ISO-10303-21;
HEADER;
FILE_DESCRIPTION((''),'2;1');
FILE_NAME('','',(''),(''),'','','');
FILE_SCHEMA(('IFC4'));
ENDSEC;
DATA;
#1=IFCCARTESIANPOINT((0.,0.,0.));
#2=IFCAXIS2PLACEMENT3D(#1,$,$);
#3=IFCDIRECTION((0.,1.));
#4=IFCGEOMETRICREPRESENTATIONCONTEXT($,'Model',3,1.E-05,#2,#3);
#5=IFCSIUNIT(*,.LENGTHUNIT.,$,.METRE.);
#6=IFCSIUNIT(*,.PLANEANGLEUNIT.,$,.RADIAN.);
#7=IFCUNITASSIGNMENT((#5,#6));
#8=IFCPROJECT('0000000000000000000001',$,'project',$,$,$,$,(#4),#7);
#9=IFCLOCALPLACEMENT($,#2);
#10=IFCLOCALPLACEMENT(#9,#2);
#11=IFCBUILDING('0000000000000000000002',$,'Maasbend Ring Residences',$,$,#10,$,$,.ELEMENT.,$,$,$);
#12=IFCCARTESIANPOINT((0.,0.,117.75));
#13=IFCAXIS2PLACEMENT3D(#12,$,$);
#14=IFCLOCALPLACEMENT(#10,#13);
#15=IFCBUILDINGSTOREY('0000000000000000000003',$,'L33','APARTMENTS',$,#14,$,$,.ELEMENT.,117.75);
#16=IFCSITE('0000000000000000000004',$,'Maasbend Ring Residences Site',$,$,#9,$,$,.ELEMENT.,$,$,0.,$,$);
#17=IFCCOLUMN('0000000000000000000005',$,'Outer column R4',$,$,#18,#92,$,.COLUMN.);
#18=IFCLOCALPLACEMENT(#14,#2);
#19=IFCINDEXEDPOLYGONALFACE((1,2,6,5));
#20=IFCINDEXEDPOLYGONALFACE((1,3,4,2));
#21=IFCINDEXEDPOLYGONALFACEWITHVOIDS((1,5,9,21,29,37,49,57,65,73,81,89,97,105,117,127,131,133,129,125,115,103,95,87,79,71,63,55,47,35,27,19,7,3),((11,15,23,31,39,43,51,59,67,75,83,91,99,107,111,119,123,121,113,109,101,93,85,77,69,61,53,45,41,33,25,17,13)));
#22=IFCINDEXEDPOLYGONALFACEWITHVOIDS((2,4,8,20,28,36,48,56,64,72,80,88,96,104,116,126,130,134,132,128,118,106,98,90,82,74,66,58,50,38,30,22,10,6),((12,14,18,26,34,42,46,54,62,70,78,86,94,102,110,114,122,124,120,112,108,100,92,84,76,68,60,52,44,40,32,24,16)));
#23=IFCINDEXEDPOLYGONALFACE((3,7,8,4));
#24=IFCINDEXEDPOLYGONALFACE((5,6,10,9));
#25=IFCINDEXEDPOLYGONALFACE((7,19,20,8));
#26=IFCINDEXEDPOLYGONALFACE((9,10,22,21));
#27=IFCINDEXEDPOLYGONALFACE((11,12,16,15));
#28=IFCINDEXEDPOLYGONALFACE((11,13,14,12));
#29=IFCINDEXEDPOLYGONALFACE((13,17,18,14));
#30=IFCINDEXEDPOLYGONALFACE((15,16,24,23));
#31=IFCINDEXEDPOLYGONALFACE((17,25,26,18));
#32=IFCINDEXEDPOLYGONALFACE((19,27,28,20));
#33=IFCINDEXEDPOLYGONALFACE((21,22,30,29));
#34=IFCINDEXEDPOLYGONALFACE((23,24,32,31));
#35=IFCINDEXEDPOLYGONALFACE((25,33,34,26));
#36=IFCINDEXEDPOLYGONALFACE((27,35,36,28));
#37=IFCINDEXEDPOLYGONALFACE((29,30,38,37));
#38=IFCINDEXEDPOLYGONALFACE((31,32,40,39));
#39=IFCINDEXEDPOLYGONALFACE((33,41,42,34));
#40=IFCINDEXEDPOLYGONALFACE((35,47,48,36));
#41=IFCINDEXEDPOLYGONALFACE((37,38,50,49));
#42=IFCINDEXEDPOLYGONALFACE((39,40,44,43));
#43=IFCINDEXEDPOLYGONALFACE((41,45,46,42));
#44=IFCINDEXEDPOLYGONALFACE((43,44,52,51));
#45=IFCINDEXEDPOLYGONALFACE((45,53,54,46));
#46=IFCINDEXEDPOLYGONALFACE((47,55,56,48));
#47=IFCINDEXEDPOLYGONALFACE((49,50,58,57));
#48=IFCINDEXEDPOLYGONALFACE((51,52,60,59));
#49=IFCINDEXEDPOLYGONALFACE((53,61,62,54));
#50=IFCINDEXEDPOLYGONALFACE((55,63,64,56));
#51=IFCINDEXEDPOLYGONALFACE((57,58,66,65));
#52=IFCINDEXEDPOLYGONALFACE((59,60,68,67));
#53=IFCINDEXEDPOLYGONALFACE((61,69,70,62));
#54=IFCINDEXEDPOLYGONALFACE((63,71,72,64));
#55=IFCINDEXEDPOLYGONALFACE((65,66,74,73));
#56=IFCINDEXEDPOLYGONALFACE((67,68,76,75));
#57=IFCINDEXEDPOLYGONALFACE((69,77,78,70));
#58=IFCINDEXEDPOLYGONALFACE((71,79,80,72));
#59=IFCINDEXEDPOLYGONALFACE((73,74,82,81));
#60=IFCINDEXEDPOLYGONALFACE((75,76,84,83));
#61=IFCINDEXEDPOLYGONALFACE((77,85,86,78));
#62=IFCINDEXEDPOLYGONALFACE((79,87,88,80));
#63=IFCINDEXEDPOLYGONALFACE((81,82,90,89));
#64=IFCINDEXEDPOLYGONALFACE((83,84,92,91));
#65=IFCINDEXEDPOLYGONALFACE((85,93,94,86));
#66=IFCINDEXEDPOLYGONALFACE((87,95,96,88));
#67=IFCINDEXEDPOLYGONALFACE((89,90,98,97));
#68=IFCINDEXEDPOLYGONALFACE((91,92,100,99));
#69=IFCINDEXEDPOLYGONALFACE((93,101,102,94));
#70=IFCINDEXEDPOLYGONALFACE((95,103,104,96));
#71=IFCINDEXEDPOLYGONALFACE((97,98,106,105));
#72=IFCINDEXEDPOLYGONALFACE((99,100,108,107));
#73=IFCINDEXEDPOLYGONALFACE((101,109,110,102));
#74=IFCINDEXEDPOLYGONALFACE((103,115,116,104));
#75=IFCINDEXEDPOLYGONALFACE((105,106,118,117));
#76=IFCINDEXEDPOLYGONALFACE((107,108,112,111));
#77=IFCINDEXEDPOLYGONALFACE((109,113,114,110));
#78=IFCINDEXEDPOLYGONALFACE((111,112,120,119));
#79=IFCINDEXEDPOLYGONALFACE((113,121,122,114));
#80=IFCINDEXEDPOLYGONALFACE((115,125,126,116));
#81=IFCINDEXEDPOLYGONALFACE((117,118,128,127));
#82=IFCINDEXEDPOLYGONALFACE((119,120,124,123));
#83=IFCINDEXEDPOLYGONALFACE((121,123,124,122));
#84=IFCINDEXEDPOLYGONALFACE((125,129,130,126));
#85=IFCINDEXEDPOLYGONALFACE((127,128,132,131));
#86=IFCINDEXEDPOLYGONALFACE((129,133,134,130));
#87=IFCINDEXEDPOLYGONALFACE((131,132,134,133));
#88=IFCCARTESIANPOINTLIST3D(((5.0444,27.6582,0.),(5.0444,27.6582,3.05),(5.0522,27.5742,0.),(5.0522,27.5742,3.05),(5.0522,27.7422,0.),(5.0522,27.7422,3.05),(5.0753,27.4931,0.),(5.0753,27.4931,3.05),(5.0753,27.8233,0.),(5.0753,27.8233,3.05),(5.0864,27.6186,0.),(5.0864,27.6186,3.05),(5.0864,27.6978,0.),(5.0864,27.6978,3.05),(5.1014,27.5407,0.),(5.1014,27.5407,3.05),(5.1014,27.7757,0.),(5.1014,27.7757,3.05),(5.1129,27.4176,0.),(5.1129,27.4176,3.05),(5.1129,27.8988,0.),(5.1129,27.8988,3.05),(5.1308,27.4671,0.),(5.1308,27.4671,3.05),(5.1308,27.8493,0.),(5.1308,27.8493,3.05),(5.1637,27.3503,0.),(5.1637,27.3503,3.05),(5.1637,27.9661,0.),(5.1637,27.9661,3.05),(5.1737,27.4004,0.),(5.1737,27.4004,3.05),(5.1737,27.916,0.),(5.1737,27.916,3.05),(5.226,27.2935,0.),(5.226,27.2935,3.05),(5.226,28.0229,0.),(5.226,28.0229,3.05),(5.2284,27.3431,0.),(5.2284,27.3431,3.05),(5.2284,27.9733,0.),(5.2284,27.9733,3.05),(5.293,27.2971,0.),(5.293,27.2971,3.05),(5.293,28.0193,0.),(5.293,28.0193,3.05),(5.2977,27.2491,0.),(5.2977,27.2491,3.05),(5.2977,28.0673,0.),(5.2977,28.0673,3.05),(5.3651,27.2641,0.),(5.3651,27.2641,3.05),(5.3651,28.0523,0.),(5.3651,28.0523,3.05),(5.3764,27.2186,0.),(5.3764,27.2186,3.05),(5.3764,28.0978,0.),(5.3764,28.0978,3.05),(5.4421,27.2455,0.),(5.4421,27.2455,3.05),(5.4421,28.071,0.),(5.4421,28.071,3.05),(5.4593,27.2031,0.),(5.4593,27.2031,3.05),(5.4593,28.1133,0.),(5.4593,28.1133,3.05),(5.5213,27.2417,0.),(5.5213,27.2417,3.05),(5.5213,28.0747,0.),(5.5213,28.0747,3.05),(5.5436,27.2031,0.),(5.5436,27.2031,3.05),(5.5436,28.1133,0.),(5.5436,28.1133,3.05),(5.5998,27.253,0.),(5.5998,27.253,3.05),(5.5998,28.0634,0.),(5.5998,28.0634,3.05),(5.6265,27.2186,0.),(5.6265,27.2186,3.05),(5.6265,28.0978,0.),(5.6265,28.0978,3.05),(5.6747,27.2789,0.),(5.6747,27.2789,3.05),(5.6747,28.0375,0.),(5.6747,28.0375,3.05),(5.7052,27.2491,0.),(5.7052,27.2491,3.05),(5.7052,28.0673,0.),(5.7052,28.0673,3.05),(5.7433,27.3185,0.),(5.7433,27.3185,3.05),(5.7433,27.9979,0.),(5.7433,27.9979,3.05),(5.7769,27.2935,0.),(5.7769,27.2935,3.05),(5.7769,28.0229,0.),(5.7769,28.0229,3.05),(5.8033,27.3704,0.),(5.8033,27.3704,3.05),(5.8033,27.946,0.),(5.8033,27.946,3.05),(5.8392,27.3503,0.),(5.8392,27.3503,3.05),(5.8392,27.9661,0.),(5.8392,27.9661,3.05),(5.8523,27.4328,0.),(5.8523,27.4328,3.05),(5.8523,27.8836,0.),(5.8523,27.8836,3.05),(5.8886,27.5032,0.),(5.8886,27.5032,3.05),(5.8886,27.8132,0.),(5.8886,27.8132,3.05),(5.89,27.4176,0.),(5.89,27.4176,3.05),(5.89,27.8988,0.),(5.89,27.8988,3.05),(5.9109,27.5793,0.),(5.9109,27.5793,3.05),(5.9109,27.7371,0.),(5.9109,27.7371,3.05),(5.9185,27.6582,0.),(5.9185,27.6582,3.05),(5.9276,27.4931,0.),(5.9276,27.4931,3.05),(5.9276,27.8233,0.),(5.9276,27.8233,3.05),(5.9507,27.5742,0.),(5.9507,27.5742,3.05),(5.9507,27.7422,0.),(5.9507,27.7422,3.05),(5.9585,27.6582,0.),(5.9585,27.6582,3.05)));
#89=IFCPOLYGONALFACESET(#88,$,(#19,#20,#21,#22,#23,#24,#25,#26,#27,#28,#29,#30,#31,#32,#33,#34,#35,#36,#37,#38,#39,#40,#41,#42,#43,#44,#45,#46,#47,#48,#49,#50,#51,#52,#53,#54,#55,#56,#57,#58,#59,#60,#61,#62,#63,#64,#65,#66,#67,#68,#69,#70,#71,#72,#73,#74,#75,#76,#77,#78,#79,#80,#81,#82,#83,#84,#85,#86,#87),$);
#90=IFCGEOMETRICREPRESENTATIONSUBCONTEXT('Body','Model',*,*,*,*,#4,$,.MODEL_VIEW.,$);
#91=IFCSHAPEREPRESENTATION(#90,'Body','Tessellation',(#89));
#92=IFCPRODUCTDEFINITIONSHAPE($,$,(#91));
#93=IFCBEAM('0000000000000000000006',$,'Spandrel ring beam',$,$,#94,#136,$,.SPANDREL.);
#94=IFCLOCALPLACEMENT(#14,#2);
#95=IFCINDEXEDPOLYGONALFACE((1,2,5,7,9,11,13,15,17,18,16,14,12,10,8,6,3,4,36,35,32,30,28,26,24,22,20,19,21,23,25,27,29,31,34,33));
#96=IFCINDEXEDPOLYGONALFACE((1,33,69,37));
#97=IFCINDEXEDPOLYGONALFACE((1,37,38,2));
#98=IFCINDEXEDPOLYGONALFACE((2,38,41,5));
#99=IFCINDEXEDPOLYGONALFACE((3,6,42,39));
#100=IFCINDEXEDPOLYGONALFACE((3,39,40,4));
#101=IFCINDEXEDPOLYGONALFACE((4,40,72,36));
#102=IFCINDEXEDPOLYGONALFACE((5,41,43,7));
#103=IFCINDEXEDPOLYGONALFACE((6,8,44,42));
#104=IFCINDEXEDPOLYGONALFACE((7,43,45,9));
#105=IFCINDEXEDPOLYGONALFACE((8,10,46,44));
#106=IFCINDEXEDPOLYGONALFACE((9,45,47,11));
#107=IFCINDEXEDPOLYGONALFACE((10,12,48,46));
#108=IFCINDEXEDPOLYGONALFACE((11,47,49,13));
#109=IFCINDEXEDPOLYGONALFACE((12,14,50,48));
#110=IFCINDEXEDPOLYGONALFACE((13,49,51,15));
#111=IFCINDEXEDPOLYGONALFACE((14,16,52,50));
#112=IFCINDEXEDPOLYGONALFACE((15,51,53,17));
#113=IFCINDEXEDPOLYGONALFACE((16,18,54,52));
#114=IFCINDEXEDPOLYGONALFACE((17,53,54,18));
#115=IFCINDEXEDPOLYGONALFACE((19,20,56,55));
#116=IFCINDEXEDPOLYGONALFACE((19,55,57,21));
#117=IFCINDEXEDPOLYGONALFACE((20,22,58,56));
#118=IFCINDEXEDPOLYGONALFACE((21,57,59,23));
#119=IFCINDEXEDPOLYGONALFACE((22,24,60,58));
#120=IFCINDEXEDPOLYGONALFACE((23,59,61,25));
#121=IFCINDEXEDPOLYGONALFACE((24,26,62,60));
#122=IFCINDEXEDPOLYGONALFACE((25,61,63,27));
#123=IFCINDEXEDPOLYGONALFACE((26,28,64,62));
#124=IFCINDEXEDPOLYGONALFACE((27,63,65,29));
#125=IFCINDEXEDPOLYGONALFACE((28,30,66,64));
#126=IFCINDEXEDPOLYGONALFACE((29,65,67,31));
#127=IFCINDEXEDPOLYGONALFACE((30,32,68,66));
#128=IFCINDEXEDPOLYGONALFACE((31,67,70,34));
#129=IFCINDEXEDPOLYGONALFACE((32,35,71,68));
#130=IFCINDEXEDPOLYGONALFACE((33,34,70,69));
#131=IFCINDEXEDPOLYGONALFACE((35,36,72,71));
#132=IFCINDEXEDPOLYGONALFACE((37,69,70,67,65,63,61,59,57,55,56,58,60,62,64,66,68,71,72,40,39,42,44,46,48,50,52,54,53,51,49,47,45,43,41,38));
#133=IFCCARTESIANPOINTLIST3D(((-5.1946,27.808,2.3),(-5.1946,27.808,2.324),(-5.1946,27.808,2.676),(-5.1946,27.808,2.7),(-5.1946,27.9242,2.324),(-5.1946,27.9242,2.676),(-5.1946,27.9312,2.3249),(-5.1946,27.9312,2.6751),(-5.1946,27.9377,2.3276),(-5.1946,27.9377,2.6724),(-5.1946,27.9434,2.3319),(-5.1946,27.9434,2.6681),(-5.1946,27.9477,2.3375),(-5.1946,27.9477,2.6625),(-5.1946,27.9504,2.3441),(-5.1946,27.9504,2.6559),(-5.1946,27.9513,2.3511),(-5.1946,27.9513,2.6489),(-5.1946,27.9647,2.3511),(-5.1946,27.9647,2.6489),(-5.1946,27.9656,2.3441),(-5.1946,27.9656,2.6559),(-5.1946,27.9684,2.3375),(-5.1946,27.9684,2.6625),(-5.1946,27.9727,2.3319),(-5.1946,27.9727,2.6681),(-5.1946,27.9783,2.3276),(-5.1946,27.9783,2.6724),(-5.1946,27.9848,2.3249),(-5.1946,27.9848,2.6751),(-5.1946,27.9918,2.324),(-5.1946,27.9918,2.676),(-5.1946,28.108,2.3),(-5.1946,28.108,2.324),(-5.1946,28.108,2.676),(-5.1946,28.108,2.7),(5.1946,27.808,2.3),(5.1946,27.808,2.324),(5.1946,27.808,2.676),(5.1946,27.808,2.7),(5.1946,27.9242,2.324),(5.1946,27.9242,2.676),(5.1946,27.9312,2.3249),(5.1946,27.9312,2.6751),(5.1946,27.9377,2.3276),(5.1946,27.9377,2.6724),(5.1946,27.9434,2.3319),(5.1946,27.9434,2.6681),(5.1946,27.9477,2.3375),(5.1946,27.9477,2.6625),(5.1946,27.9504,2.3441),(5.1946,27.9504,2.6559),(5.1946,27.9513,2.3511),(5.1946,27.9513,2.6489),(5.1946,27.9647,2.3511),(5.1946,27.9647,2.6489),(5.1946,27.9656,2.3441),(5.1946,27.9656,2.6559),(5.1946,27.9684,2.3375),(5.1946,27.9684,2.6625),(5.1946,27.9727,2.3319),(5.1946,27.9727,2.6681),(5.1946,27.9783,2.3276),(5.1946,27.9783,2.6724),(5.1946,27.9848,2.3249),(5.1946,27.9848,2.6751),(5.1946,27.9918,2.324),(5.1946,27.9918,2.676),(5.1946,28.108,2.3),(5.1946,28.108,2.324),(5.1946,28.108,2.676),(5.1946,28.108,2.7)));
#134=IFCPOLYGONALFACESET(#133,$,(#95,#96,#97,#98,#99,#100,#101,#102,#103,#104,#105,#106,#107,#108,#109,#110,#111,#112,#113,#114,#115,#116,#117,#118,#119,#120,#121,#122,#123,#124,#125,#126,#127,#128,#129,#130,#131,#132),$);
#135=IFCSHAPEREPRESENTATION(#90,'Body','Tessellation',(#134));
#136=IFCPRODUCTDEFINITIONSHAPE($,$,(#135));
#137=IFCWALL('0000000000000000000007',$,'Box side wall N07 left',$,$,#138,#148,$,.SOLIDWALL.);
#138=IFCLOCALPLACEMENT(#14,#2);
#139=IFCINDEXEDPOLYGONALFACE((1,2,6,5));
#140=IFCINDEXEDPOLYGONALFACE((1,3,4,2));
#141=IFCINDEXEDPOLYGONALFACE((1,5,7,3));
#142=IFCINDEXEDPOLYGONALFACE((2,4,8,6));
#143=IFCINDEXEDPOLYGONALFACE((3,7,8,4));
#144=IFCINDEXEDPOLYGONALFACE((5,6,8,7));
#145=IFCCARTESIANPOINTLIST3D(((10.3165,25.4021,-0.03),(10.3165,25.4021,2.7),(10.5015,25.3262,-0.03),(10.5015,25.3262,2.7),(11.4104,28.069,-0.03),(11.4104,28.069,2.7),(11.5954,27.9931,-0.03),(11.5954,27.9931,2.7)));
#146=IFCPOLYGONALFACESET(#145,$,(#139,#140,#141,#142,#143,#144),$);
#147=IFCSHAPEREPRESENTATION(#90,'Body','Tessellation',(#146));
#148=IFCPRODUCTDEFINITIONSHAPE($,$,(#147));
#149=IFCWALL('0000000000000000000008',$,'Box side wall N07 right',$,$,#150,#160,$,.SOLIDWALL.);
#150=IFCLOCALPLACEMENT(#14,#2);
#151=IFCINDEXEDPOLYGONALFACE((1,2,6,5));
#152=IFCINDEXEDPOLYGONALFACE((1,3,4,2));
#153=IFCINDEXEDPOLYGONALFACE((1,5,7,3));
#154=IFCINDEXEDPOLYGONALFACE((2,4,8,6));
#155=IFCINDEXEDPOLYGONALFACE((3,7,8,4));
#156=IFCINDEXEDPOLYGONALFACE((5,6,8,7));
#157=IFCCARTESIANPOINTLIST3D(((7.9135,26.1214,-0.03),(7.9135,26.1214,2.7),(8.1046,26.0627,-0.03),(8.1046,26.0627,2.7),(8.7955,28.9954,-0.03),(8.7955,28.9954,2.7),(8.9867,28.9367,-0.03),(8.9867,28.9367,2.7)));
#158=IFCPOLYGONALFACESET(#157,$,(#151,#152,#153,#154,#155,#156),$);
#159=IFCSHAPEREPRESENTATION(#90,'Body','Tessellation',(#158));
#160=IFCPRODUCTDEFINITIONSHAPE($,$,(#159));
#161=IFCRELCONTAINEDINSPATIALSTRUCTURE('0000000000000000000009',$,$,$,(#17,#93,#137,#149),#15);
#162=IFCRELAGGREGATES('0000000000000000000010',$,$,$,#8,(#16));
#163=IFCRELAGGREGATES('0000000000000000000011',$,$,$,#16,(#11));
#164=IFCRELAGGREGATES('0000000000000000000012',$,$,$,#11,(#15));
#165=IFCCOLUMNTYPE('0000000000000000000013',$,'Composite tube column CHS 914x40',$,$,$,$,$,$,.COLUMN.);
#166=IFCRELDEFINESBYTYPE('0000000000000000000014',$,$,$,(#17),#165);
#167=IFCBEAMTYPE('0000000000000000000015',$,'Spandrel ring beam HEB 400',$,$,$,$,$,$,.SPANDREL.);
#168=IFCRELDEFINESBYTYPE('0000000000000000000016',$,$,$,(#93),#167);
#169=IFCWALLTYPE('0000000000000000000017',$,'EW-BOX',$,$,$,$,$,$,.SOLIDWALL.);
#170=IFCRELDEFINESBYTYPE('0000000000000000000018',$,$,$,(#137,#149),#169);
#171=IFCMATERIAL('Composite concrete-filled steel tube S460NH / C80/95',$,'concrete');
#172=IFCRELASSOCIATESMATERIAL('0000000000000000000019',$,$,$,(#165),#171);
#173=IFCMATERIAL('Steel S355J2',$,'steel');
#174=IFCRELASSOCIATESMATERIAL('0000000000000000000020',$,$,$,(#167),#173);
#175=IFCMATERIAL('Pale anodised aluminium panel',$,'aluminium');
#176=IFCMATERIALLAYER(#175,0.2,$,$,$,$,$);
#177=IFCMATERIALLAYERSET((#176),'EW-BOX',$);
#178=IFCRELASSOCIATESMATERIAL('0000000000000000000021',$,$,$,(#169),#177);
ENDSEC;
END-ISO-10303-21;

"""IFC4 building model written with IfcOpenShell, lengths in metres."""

from ifc_helpers import new_model, si_unit, direction, frame, frame_2d, origin, origin_2d, place, context, subcontext, project, spatial, rectangle, hollow_circle, i_section, extrude, material, layer, layer_set, material_profile, profile_set, type_object, element, save


model = new_model("IFC4")

# Units and contexts
model_context = context("Model", 3, precision=1e-05, world=origin(), true_north=direction((0.0, 1.0)))
body_context = subcontext(model_context, "Body", "Model", "MODEL_VIEW")
ifc_project = project(units=[si_unit("LENGTHUNIT", "METRE"), si_unit("PLANEANGLEUNIT", "RADIAN")], contexts=[model_context])

# Site, building, storey
site_placement = place(None, origin())
site = spatial("IfcSite", under=ifc_project, at=site_placement, Name="Maasbend Ring Residences Site", CompositionType="ELEMENT", RefElevation=0.0)
building_placement = place(site_placement, origin())
building = spatial("IfcBuilding", under=site, at=building_placement, Name="Maasbend Ring Residences", CompositionType="ELEMENT")
storey_placement = place(building_placement, frame((0.0, 0.0, 117.75)))
storey = spatial("IfcBuildingStorey", under=building, at=storey_placement, Name="L33", Description="APARTMENTS", CompositionType="ELEMENT", Elevation=117.75)

# Column
ifc_material_1 = material(Name="Composite concrete-filled steel tube S460NH / C80/95", Category="concrete")
ifc_material_profile_1 = material_profile(ifc_material_1, hollow_circle(Radius=0.457, WallThickness=0.04, at=origin_2d()), Name="Composite tube column CHS 914x40")
ifc_profile_set_1 = profile_set([ifc_material_profile_1], Name="Composite concrete-filled steel tube S460NH / C80/95")
column_type = type_object("IfcColumnType", Name="Composite tube column CHS 914x40", PredefinedType="COLUMN", material=ifc_profile_set_1)
column_placement = place(storey_placement, frame((5.5015, 27.6582, 0.0), z_axis=(0.0, 0.0, 1.0), x_axis=(1.0, 0.0, 0.0)))
element("IfcColumn", 1, at=column_placement, inside=storey, type_object=column_type, Name="Outer column R4", PredefinedType="COLUMN", context=body_context, shape_type="SweptSolid", body=[
    extrude(hollow_circle(Radius=0.457, WallThickness=0.04, at=origin_2d()), origin(), (0.0, 0.0, 1.0), 3.05),
])

# Beam
ifc_material_2 = material(Name="Steel S355J2", Category="steel")
ifc_material_profile_2 = material_profile(ifc_material_2, i_section(OverallWidth=0.3, OverallDepth=0.3999, WebThickness=0.0134, FlangeThickness=0.0239, FilletRadius=0.0271, at=origin_2d()), Name="HEB 400")
ifc_profile_set_2 = profile_set([ifc_material_profile_2], Name="Steel S355J2")
beam_type = type_object("IfcBeamType", Name="Spandrel ring beam HEB 400", PredefinedType="SPANDREL", material=ifc_profile_set_2)
beam_placement = place(storey_placement, frame((5.1946, 27.958, 2.5), z_axis=(-1.0, 0.0, 0.0), x_axis=(0.0, -1.0, 0.0)))
element("IfcBeam", 2, at=beam_placement, inside=storey, type_object=beam_type, Name="Spandrel ring beam", PredefinedType="SPANDREL", context=body_context, shape_type="SweptSolid", body=[
    extrude(i_section(OverallWidth=0.3, OverallDepth=0.3999, WebThickness=0.0134, FlangeThickness=0.0239, FilletRadius=0.0271, at=origin_2d()), origin(), (0.0, 0.0, 1.0), 10.3892),
])

# Walls
ifc_material_3 = material(Name="Pale anodised aluminium panel", Category="aluminium")
ifc_layer_1 = layer(ifc_material_3, 0.2)
ifc_layer_set_1 = layer_set([ifc_layer_1], Name="EW-BOX")
wall_type_1 = type_object("IfcWallType", Name="EW-BOX", PredefinedType="SOLIDWALL", material=ifc_layer_set_1)
wall_1_placement = place(storey_placement, frame((10.4089, 25.364, -0.03), z_axis=(0.0, 0.0, 1.0), x_axis=(0.37951, 0.925188, 0.0)))
element("IfcWall", 3, at=wall_1_placement, inside=storey, type_object=wall_type_1, Name="Box side wall N07 left", PredefinedType="SOLIDWALL", context=body_context, shape_type="SweptSolid", body=[
    extrude(rectangle(XDim=2.8826, YDim=0.2, at=frame_2d((1.4414, 0.0))), origin(), (0.0, 0.0, 1.0), 2.73),
])
wall_2_placement = place(storey_placement, frame((8.009, 26.092, -0.03), z_axis=(0.0, 0.0, 1.0), x_axis=(0.293407, 0.955988, 0.0)))
element("IfcWall", 4, at=wall_2_placement, inside=storey, type_object=wall_type_1, Name="Box side wall N07 right", PredefinedType="SOLIDWALL", context=body_context, shape_type="SweptSolid", body=[
    extrude(rectangle(XDim=3.0063, YDim=0.2, at=frame_2d((1.5032, 0.0))), origin(), (0.0, 0.0, 1.0), 2.73),
])

save(model, "model.ifc")
